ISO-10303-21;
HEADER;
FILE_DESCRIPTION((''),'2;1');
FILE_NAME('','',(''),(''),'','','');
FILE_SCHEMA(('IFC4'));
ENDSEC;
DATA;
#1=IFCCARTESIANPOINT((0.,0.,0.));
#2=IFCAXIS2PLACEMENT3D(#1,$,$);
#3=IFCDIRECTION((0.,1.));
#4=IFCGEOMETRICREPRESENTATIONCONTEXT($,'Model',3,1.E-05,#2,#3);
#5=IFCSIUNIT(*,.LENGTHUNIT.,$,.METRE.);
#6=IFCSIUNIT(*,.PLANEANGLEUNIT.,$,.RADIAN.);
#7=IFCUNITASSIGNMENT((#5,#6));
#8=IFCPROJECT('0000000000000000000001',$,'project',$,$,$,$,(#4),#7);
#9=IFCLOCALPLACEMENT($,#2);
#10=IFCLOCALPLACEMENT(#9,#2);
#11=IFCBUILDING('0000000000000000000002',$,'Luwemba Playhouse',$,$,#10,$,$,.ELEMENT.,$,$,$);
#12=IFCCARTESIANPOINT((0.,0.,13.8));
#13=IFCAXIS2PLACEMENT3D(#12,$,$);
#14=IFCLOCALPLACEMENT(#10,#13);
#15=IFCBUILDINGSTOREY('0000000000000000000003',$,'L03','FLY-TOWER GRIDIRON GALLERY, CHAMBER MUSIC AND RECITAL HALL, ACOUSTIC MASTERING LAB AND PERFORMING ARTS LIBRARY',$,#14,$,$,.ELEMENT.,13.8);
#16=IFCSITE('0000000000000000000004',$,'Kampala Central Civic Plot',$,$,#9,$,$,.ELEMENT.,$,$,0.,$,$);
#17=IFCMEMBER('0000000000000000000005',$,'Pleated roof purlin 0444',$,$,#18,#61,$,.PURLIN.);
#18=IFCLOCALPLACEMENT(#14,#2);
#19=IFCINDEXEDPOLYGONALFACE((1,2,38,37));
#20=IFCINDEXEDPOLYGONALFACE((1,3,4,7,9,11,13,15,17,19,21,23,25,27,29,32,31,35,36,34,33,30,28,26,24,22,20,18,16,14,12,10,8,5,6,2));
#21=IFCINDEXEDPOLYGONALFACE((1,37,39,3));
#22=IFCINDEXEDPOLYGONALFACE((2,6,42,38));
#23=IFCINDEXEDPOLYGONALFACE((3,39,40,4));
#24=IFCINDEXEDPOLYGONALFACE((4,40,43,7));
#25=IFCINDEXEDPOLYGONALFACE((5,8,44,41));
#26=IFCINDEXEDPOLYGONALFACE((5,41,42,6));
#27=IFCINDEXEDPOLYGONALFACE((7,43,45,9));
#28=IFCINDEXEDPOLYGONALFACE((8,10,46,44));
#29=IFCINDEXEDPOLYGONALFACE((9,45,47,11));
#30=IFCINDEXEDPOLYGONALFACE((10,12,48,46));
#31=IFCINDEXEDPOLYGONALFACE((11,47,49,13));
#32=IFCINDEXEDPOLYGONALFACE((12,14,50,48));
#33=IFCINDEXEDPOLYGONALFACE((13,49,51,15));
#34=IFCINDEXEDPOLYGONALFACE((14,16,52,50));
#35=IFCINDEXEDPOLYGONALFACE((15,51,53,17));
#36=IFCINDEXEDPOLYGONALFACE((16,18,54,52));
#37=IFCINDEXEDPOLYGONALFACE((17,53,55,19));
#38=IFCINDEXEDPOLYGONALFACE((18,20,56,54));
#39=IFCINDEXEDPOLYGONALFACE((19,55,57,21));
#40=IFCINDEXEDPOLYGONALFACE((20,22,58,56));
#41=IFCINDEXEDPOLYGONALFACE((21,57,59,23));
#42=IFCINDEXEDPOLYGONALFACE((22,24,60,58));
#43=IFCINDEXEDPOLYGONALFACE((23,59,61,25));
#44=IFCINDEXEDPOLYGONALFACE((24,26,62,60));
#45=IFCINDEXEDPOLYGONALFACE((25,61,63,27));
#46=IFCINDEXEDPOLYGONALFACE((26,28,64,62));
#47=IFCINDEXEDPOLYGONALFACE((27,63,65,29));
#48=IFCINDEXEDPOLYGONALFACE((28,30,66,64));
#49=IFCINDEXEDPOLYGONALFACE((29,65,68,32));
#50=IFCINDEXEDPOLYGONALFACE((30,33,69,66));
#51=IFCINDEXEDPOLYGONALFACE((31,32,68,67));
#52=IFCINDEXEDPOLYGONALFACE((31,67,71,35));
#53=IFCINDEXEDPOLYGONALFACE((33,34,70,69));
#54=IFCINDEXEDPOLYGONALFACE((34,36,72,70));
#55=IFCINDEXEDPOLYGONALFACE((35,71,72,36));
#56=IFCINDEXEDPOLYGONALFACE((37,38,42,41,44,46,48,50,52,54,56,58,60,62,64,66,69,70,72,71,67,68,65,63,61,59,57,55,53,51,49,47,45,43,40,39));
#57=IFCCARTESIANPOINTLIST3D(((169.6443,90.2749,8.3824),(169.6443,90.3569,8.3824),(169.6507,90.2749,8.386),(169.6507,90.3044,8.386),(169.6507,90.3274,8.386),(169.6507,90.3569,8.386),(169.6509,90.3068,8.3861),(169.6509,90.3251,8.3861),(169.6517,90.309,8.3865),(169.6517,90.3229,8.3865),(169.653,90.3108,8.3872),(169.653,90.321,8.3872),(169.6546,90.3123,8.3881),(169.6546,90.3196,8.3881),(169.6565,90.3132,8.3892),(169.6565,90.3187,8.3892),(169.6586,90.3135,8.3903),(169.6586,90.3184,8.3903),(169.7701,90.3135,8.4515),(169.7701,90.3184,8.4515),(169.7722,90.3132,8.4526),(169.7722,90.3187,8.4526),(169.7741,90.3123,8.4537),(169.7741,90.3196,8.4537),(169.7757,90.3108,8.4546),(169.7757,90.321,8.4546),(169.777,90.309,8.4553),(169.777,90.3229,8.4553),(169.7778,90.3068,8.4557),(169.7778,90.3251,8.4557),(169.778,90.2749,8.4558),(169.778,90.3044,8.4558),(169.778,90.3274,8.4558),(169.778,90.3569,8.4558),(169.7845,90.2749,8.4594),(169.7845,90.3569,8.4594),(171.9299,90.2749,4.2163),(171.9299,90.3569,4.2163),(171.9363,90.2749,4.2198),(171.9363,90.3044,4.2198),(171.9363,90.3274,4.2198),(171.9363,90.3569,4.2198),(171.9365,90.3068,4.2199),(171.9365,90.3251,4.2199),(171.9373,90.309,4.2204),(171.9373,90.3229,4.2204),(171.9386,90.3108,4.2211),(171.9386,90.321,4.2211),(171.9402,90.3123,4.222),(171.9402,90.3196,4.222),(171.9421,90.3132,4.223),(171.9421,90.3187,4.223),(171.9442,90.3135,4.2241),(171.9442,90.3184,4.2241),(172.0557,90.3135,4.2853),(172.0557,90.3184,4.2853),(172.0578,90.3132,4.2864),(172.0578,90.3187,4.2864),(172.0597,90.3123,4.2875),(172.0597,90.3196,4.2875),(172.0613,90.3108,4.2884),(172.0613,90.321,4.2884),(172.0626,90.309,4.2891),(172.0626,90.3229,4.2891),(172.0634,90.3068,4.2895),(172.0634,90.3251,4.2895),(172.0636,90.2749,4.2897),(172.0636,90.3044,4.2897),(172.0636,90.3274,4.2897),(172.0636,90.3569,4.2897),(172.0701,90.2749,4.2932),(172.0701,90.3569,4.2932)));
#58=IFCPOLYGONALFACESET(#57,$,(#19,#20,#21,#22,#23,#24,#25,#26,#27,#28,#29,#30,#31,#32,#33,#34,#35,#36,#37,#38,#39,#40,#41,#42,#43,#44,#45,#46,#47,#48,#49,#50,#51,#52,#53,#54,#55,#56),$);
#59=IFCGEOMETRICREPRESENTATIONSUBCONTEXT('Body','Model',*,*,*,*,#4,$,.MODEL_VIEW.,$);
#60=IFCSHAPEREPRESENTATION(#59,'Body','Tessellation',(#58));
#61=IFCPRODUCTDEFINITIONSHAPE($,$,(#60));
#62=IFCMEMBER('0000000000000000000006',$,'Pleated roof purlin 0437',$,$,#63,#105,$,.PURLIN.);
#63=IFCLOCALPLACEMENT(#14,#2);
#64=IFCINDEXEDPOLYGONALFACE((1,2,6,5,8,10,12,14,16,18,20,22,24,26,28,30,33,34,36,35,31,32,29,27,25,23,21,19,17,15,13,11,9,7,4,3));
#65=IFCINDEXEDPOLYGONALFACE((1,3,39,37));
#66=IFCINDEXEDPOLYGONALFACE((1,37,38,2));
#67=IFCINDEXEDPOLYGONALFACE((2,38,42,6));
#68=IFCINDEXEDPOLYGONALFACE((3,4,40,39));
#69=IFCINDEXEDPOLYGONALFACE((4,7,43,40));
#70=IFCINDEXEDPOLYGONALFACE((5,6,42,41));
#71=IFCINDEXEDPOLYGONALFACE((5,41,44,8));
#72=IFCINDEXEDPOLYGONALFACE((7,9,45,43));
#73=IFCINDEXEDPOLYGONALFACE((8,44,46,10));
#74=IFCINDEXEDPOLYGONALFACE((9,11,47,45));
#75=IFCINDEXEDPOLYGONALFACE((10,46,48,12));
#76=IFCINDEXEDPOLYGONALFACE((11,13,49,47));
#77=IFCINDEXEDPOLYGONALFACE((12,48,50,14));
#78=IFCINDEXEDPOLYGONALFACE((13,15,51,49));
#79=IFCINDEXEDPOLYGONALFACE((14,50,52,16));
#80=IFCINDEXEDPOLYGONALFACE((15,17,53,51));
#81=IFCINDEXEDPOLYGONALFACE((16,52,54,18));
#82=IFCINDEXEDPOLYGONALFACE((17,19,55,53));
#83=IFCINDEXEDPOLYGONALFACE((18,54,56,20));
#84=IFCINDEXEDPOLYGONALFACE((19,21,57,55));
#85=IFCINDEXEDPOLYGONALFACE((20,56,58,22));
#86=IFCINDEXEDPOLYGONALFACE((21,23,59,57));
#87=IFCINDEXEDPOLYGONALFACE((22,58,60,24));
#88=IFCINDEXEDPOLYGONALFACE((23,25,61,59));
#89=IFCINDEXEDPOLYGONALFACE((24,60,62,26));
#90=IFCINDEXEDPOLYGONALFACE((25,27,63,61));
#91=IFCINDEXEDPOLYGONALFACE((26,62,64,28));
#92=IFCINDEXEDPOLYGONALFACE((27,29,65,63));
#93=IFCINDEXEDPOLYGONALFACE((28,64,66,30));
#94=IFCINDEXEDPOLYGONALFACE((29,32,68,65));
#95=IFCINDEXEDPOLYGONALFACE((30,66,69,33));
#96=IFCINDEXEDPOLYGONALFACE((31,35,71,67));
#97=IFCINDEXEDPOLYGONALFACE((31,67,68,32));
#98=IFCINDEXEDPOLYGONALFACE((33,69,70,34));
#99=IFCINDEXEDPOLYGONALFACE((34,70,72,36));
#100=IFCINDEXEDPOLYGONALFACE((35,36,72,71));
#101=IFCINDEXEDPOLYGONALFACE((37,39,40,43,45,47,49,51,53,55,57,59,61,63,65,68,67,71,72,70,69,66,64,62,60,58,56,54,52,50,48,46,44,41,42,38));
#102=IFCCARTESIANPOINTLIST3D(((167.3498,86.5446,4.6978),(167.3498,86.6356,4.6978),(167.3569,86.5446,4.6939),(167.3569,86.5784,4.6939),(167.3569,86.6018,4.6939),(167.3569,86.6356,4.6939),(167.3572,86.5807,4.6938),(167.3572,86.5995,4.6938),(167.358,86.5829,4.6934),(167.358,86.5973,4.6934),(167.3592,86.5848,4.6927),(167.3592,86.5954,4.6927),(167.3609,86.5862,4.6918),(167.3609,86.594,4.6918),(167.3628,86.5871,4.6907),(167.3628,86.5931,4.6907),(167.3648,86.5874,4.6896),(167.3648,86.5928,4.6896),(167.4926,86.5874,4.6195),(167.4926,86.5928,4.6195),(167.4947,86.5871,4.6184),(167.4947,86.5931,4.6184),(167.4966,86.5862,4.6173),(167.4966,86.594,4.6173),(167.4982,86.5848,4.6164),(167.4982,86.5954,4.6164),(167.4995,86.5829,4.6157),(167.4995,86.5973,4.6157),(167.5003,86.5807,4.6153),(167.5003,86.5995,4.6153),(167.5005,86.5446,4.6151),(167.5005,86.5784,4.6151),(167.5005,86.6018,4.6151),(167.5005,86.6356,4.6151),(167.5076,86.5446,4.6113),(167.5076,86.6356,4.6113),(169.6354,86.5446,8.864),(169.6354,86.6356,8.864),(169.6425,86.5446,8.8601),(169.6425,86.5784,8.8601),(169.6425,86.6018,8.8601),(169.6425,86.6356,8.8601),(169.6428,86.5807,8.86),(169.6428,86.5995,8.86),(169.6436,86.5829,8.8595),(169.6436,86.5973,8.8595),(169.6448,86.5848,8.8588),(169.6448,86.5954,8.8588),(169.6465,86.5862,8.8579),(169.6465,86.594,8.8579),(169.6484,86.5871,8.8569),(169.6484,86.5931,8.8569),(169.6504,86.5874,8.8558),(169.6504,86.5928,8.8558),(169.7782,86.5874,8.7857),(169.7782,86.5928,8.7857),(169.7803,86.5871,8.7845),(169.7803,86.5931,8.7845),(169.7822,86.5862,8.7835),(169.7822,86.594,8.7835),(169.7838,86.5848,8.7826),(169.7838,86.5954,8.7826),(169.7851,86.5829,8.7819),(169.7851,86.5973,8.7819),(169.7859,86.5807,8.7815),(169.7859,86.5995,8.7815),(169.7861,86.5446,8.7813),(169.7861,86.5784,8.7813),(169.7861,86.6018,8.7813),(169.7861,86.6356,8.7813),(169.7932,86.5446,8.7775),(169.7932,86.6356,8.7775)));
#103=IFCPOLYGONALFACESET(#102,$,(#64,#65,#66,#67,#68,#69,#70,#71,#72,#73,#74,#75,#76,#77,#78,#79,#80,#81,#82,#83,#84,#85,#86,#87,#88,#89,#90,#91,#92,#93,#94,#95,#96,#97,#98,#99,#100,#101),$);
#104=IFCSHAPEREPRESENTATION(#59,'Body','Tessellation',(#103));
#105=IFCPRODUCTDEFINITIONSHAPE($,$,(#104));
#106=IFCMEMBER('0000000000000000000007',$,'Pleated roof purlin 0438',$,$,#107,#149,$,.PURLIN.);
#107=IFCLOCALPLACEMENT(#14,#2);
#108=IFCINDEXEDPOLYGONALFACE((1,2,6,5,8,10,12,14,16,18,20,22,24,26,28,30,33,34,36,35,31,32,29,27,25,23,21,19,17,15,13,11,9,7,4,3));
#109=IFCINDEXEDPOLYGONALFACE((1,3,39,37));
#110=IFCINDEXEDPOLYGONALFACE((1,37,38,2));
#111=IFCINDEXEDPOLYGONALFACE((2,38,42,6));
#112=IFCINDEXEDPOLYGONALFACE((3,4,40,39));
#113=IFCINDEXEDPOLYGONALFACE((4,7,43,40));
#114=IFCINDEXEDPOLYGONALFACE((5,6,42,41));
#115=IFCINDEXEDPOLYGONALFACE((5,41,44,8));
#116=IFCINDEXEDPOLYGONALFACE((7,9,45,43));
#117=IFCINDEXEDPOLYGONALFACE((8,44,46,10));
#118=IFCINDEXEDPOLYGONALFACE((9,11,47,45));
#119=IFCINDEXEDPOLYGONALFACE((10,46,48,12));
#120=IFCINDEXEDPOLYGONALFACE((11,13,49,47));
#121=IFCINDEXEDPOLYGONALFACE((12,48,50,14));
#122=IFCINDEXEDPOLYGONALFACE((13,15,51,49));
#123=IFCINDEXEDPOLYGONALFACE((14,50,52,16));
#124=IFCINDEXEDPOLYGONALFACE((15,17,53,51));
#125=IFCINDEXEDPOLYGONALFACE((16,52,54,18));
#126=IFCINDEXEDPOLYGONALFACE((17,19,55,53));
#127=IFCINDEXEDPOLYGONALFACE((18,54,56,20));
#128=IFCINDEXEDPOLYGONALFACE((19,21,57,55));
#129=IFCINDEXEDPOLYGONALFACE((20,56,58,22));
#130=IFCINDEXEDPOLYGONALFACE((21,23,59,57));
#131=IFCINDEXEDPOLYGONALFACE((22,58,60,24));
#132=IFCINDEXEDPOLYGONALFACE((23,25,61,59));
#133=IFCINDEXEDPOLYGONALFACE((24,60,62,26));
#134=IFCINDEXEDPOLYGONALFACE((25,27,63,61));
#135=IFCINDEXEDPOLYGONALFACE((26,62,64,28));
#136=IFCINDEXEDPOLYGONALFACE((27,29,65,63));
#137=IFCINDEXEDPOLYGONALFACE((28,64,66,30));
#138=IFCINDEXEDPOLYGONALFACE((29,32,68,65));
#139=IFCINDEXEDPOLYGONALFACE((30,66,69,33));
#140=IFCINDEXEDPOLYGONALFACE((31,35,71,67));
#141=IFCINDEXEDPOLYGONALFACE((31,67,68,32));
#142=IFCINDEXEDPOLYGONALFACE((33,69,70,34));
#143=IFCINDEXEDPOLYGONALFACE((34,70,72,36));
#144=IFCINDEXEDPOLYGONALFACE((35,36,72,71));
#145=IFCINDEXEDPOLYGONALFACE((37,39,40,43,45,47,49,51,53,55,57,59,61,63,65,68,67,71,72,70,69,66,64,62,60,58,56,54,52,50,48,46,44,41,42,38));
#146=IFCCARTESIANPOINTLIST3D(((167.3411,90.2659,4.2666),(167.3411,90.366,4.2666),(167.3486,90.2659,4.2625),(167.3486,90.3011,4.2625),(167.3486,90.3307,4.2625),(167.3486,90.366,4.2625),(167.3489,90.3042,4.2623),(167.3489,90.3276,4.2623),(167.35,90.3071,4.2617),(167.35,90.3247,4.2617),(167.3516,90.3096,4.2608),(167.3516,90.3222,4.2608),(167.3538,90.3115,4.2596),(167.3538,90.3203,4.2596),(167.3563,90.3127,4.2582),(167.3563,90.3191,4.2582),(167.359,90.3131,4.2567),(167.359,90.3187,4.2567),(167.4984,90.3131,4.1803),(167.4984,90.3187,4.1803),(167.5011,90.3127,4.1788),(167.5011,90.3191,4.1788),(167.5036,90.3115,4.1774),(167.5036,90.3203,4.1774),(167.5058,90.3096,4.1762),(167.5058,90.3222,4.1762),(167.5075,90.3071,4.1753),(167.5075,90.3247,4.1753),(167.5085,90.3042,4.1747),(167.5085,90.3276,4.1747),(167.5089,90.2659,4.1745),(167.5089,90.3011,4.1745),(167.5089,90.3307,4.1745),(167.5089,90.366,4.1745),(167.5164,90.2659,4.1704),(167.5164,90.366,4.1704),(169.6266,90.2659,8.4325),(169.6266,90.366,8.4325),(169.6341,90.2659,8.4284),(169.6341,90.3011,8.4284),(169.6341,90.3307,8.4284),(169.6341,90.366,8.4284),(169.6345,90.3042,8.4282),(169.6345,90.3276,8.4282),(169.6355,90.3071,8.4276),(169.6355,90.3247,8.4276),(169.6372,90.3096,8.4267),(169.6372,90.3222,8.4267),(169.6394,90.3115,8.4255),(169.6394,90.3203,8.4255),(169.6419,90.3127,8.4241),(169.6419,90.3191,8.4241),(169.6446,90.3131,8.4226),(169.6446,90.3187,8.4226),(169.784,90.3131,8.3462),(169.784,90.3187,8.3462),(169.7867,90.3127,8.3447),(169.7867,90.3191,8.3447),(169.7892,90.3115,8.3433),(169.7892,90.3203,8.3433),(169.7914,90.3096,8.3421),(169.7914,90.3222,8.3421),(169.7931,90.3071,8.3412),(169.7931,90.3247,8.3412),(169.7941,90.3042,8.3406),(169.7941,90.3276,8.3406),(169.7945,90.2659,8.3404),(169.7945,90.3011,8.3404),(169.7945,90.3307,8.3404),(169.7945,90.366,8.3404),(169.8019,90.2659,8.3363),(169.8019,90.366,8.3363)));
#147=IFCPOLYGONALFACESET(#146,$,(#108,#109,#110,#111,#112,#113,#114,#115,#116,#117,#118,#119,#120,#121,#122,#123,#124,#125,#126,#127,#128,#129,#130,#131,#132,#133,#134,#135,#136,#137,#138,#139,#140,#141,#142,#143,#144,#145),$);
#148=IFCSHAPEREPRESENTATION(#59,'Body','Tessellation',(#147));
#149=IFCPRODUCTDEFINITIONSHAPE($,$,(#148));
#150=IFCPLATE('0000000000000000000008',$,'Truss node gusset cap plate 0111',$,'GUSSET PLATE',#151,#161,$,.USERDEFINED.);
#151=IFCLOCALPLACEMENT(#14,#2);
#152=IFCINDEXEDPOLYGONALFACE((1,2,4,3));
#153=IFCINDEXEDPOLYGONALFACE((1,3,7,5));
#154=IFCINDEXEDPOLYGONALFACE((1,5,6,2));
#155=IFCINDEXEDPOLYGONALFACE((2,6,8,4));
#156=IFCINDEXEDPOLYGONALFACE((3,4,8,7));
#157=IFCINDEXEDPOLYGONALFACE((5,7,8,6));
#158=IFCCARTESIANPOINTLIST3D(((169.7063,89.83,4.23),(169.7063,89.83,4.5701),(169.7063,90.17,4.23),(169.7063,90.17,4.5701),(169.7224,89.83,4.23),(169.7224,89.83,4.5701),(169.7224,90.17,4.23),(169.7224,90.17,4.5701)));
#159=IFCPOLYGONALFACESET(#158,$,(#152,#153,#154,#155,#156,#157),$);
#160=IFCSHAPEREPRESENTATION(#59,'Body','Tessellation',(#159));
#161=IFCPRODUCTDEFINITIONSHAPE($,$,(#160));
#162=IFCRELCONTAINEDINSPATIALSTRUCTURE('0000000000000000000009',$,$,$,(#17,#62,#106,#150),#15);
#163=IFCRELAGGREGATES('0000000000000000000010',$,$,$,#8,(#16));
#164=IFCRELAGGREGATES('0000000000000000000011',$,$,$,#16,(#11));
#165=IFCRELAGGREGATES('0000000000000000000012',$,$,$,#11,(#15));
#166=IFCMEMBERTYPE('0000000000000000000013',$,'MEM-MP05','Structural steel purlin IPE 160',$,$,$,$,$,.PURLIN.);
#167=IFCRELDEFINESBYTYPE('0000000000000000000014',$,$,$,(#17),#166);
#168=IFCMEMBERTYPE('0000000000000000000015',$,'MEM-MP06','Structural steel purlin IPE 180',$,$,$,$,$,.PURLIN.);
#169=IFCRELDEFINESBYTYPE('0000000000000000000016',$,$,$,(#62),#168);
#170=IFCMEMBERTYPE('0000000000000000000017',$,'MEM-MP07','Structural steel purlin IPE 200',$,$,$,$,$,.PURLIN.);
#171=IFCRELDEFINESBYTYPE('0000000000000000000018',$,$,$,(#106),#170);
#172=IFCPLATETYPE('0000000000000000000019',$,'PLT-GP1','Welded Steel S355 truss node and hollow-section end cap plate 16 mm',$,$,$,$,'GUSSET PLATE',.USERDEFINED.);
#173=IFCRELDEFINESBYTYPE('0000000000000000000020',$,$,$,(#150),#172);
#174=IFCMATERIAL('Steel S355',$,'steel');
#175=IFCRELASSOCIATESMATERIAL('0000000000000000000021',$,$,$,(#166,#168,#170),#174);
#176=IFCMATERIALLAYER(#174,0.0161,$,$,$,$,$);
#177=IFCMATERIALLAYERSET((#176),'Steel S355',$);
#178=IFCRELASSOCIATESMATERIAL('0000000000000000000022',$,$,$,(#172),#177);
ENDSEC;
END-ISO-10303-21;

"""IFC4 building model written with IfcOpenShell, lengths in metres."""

from ifc_helpers import new_model, si_unit, direction, frame, origin, origin_2d, place, context, subcontext, project, spatial, rectangle, i_section, extrude, material, layer, layer_set, material_profile, profile_set, type_object, element, save


model = new_model("IFC4")

# Units and contexts
model_context = context("Model", 3, precision=1e-05, world=origin(), true_north=direction((0.0, 1.0)))
body_context = subcontext(model_context, "Body", "Model", "MODEL_VIEW")
ifc_project = project(units=[si_unit("LENGTHUNIT", "METRE"), si_unit("PLANEANGLEUNIT", "RADIAN")], contexts=[model_context])

# Site, building, storey
site_placement = place(None, origin())
site = spatial("IfcSite", under=ifc_project, at=site_placement, Name="Kampala Central Civic Plot", CompositionType="ELEMENT", RefElevation=0.0)
building_placement = place(site_placement, origin())
building = spatial("IfcBuilding", under=site, at=building_placement, Name="Luwemba Playhouse", CompositionType="ELEMENT")
storey_placement = place(building_placement, frame((0.0, 0.0, 13.8)))
storey = spatial("IfcBuildingStorey", under=building, at=storey_placement, Name="L03", Description="FLY-TOWER GRIDIRON GALLERY, CHAMBER MUSIC AND RECITAL HALL, ACOUSTIC MASTERING LAB AND PERFORMING ARTS LIBRARY", CompositionType="ELEMENT", Elevation=13.8)

# Shared definitions
ifc_material_1 = material(Name="Steel S355", Category="steel")

# Members
ifc_material_profile_1 = material_profile(ifc_material_1, i_section(OverallWidth=0.082, OverallDepth=0.1599, WebThickness=0.0049, FlangeThickness=0.0073, FilletRadius=0.009, at=origin_2d()))
ifc_profile_set_1 = profile_set([ifc_material_profile_1], Name="Steel S355")
member_type_1 = type_object("IfcMemberType", Name="MEM-MP05", Description="Structural steel purlin IPE 160", PredefinedType="PURLIN", material=ifc_profile_set_1)
member_1_placement = place(storey_placement, frame((169.7144, 90.3159, 8.4209), z_axis=(0.480982, 0.0, -0.876731), x_axis=(0.0, 1.0, 0.0)))
element("IfcMember", 1, at=member_1_placement, inside=storey, type_object=member_type_1, Name="Pleated roof purlin 0444", PredefinedType="PURLIN", context=body_context, shape_type="SweptSolid", body=[
    extrude(i_section(OverallWidth=0.082, OverallDepth=0.1599, WebThickness=0.0049, FlangeThickness=0.0073, FilletRadius=0.009, at=origin_2d()), origin(), (0.0, 0.0, 1.0), 4.752),
])
ifc_material_profile_2 = material_profile(ifc_material_1, i_section(OverallWidth=0.0911, OverallDepth=0.1799, WebThickness=0.0054, FlangeThickness=0.0081, FilletRadius=0.009, at=origin_2d()))
ifc_profile_set_2 = profile_set([ifc_material_profile_2], Name="Steel S355")
member_type_2 = type_object("IfcMemberType", Name="MEM-MP06", Description="Structural steel purlin IPE 180", PredefinedType="PURLIN", material=ifc_profile_set_2)
member_2_placement = place(storey_placement, frame((167.4287, 86.5901, 4.6545), z_axis=(0.480982, 0.0, 0.876731), x_axis=(0.0, 1.0, 0.0)))
element("IfcMember", 2, at=member_2_placement, inside=storey, type_object=member_type_2, Name="Pleated roof purlin 0437", PredefinedType="PURLIN", context=body_context, shape_type="SweptSolid", body=[
    extrude(i_section(OverallWidth=0.0911, OverallDepth=0.1799, WebThickness=0.0054, FlangeThickness=0.0081, FilletRadius=0.009, at=origin_2d()), origin(), (0.0, 0.0, 1.0), 4.752),
])
ifc_material_profile_3 = material_profile(ifc_material_1, i_section(OverallWidth=0.1001, OverallDepth=0.2, WebThickness=0.0056, FlangeThickness=0.0085, FilletRadius=0.012, at=origin_2d()))
ifc_profile_set_3 = profile_set([ifc_material_profile_3], Name="Steel S355")
member_type_3 = type_object("IfcMemberType", Name="MEM-MP07", Description="Structural steel purlin IPE 200", PredefinedType="PURLIN", material=ifc_profile_set_3)
member_3_placement = place(storey_placement, frame((167.4287, 90.3159, 4.2185), z_axis=(0.481003, 0.0, 0.876719), x_axis=(0.0, 1.0, 0.0)))
element("IfcMember", 3, at=member_3_placement, inside=storey, type_object=member_type_3, Name="Pleated roof purlin 0438", PredefinedType="PURLIN", context=body_context, shape_type="SweptSolid", body=[
    extrude(i_section(OverallWidth=0.1001, OverallDepth=0.2, WebThickness=0.0056, FlangeThickness=0.0085, FilletRadius=0.012, at=origin_2d()), origin(), (0.0, 0.0, 1.0), 4.7517),
])

# Plate
ifc_layer_1 = layer(ifc_material_1, 0.0161)
ifc_layer_set_1 = layer_set([ifc_layer_1], Name="Steel S355")
plate_type = type_object("IfcPlateType", Name="PLT-GP1", Description="Welded Steel S355 truss node and hollow-section end cap plate 16 mm", ElementType="GUSSET PLATE", PredefinedType="USERDEFINED", material=ifc_layer_set_1)
plate_placement = place(storey_placement, frame((169.7144, 90.0, 4.23), z_axis=(0.0, 0.0, 1.0), x_axis=(1.0, 0.0, 0.0)))
element("IfcPlate", 4, at=plate_placement, inside=storey, type_object=plate_type, Name="Truss node gusset cap plate 0111", ObjectType="GUSSET PLATE", PredefinedType="USERDEFINED", context=body_context, shape_type="SweptSolid", body=[
    extrude(rectangle(XDim=0.0161, YDim=0.3401, at=origin_2d()), origin(), (0.0, 0.0, 1.0), 0.3401),
])

save(model, "model.ifc")
